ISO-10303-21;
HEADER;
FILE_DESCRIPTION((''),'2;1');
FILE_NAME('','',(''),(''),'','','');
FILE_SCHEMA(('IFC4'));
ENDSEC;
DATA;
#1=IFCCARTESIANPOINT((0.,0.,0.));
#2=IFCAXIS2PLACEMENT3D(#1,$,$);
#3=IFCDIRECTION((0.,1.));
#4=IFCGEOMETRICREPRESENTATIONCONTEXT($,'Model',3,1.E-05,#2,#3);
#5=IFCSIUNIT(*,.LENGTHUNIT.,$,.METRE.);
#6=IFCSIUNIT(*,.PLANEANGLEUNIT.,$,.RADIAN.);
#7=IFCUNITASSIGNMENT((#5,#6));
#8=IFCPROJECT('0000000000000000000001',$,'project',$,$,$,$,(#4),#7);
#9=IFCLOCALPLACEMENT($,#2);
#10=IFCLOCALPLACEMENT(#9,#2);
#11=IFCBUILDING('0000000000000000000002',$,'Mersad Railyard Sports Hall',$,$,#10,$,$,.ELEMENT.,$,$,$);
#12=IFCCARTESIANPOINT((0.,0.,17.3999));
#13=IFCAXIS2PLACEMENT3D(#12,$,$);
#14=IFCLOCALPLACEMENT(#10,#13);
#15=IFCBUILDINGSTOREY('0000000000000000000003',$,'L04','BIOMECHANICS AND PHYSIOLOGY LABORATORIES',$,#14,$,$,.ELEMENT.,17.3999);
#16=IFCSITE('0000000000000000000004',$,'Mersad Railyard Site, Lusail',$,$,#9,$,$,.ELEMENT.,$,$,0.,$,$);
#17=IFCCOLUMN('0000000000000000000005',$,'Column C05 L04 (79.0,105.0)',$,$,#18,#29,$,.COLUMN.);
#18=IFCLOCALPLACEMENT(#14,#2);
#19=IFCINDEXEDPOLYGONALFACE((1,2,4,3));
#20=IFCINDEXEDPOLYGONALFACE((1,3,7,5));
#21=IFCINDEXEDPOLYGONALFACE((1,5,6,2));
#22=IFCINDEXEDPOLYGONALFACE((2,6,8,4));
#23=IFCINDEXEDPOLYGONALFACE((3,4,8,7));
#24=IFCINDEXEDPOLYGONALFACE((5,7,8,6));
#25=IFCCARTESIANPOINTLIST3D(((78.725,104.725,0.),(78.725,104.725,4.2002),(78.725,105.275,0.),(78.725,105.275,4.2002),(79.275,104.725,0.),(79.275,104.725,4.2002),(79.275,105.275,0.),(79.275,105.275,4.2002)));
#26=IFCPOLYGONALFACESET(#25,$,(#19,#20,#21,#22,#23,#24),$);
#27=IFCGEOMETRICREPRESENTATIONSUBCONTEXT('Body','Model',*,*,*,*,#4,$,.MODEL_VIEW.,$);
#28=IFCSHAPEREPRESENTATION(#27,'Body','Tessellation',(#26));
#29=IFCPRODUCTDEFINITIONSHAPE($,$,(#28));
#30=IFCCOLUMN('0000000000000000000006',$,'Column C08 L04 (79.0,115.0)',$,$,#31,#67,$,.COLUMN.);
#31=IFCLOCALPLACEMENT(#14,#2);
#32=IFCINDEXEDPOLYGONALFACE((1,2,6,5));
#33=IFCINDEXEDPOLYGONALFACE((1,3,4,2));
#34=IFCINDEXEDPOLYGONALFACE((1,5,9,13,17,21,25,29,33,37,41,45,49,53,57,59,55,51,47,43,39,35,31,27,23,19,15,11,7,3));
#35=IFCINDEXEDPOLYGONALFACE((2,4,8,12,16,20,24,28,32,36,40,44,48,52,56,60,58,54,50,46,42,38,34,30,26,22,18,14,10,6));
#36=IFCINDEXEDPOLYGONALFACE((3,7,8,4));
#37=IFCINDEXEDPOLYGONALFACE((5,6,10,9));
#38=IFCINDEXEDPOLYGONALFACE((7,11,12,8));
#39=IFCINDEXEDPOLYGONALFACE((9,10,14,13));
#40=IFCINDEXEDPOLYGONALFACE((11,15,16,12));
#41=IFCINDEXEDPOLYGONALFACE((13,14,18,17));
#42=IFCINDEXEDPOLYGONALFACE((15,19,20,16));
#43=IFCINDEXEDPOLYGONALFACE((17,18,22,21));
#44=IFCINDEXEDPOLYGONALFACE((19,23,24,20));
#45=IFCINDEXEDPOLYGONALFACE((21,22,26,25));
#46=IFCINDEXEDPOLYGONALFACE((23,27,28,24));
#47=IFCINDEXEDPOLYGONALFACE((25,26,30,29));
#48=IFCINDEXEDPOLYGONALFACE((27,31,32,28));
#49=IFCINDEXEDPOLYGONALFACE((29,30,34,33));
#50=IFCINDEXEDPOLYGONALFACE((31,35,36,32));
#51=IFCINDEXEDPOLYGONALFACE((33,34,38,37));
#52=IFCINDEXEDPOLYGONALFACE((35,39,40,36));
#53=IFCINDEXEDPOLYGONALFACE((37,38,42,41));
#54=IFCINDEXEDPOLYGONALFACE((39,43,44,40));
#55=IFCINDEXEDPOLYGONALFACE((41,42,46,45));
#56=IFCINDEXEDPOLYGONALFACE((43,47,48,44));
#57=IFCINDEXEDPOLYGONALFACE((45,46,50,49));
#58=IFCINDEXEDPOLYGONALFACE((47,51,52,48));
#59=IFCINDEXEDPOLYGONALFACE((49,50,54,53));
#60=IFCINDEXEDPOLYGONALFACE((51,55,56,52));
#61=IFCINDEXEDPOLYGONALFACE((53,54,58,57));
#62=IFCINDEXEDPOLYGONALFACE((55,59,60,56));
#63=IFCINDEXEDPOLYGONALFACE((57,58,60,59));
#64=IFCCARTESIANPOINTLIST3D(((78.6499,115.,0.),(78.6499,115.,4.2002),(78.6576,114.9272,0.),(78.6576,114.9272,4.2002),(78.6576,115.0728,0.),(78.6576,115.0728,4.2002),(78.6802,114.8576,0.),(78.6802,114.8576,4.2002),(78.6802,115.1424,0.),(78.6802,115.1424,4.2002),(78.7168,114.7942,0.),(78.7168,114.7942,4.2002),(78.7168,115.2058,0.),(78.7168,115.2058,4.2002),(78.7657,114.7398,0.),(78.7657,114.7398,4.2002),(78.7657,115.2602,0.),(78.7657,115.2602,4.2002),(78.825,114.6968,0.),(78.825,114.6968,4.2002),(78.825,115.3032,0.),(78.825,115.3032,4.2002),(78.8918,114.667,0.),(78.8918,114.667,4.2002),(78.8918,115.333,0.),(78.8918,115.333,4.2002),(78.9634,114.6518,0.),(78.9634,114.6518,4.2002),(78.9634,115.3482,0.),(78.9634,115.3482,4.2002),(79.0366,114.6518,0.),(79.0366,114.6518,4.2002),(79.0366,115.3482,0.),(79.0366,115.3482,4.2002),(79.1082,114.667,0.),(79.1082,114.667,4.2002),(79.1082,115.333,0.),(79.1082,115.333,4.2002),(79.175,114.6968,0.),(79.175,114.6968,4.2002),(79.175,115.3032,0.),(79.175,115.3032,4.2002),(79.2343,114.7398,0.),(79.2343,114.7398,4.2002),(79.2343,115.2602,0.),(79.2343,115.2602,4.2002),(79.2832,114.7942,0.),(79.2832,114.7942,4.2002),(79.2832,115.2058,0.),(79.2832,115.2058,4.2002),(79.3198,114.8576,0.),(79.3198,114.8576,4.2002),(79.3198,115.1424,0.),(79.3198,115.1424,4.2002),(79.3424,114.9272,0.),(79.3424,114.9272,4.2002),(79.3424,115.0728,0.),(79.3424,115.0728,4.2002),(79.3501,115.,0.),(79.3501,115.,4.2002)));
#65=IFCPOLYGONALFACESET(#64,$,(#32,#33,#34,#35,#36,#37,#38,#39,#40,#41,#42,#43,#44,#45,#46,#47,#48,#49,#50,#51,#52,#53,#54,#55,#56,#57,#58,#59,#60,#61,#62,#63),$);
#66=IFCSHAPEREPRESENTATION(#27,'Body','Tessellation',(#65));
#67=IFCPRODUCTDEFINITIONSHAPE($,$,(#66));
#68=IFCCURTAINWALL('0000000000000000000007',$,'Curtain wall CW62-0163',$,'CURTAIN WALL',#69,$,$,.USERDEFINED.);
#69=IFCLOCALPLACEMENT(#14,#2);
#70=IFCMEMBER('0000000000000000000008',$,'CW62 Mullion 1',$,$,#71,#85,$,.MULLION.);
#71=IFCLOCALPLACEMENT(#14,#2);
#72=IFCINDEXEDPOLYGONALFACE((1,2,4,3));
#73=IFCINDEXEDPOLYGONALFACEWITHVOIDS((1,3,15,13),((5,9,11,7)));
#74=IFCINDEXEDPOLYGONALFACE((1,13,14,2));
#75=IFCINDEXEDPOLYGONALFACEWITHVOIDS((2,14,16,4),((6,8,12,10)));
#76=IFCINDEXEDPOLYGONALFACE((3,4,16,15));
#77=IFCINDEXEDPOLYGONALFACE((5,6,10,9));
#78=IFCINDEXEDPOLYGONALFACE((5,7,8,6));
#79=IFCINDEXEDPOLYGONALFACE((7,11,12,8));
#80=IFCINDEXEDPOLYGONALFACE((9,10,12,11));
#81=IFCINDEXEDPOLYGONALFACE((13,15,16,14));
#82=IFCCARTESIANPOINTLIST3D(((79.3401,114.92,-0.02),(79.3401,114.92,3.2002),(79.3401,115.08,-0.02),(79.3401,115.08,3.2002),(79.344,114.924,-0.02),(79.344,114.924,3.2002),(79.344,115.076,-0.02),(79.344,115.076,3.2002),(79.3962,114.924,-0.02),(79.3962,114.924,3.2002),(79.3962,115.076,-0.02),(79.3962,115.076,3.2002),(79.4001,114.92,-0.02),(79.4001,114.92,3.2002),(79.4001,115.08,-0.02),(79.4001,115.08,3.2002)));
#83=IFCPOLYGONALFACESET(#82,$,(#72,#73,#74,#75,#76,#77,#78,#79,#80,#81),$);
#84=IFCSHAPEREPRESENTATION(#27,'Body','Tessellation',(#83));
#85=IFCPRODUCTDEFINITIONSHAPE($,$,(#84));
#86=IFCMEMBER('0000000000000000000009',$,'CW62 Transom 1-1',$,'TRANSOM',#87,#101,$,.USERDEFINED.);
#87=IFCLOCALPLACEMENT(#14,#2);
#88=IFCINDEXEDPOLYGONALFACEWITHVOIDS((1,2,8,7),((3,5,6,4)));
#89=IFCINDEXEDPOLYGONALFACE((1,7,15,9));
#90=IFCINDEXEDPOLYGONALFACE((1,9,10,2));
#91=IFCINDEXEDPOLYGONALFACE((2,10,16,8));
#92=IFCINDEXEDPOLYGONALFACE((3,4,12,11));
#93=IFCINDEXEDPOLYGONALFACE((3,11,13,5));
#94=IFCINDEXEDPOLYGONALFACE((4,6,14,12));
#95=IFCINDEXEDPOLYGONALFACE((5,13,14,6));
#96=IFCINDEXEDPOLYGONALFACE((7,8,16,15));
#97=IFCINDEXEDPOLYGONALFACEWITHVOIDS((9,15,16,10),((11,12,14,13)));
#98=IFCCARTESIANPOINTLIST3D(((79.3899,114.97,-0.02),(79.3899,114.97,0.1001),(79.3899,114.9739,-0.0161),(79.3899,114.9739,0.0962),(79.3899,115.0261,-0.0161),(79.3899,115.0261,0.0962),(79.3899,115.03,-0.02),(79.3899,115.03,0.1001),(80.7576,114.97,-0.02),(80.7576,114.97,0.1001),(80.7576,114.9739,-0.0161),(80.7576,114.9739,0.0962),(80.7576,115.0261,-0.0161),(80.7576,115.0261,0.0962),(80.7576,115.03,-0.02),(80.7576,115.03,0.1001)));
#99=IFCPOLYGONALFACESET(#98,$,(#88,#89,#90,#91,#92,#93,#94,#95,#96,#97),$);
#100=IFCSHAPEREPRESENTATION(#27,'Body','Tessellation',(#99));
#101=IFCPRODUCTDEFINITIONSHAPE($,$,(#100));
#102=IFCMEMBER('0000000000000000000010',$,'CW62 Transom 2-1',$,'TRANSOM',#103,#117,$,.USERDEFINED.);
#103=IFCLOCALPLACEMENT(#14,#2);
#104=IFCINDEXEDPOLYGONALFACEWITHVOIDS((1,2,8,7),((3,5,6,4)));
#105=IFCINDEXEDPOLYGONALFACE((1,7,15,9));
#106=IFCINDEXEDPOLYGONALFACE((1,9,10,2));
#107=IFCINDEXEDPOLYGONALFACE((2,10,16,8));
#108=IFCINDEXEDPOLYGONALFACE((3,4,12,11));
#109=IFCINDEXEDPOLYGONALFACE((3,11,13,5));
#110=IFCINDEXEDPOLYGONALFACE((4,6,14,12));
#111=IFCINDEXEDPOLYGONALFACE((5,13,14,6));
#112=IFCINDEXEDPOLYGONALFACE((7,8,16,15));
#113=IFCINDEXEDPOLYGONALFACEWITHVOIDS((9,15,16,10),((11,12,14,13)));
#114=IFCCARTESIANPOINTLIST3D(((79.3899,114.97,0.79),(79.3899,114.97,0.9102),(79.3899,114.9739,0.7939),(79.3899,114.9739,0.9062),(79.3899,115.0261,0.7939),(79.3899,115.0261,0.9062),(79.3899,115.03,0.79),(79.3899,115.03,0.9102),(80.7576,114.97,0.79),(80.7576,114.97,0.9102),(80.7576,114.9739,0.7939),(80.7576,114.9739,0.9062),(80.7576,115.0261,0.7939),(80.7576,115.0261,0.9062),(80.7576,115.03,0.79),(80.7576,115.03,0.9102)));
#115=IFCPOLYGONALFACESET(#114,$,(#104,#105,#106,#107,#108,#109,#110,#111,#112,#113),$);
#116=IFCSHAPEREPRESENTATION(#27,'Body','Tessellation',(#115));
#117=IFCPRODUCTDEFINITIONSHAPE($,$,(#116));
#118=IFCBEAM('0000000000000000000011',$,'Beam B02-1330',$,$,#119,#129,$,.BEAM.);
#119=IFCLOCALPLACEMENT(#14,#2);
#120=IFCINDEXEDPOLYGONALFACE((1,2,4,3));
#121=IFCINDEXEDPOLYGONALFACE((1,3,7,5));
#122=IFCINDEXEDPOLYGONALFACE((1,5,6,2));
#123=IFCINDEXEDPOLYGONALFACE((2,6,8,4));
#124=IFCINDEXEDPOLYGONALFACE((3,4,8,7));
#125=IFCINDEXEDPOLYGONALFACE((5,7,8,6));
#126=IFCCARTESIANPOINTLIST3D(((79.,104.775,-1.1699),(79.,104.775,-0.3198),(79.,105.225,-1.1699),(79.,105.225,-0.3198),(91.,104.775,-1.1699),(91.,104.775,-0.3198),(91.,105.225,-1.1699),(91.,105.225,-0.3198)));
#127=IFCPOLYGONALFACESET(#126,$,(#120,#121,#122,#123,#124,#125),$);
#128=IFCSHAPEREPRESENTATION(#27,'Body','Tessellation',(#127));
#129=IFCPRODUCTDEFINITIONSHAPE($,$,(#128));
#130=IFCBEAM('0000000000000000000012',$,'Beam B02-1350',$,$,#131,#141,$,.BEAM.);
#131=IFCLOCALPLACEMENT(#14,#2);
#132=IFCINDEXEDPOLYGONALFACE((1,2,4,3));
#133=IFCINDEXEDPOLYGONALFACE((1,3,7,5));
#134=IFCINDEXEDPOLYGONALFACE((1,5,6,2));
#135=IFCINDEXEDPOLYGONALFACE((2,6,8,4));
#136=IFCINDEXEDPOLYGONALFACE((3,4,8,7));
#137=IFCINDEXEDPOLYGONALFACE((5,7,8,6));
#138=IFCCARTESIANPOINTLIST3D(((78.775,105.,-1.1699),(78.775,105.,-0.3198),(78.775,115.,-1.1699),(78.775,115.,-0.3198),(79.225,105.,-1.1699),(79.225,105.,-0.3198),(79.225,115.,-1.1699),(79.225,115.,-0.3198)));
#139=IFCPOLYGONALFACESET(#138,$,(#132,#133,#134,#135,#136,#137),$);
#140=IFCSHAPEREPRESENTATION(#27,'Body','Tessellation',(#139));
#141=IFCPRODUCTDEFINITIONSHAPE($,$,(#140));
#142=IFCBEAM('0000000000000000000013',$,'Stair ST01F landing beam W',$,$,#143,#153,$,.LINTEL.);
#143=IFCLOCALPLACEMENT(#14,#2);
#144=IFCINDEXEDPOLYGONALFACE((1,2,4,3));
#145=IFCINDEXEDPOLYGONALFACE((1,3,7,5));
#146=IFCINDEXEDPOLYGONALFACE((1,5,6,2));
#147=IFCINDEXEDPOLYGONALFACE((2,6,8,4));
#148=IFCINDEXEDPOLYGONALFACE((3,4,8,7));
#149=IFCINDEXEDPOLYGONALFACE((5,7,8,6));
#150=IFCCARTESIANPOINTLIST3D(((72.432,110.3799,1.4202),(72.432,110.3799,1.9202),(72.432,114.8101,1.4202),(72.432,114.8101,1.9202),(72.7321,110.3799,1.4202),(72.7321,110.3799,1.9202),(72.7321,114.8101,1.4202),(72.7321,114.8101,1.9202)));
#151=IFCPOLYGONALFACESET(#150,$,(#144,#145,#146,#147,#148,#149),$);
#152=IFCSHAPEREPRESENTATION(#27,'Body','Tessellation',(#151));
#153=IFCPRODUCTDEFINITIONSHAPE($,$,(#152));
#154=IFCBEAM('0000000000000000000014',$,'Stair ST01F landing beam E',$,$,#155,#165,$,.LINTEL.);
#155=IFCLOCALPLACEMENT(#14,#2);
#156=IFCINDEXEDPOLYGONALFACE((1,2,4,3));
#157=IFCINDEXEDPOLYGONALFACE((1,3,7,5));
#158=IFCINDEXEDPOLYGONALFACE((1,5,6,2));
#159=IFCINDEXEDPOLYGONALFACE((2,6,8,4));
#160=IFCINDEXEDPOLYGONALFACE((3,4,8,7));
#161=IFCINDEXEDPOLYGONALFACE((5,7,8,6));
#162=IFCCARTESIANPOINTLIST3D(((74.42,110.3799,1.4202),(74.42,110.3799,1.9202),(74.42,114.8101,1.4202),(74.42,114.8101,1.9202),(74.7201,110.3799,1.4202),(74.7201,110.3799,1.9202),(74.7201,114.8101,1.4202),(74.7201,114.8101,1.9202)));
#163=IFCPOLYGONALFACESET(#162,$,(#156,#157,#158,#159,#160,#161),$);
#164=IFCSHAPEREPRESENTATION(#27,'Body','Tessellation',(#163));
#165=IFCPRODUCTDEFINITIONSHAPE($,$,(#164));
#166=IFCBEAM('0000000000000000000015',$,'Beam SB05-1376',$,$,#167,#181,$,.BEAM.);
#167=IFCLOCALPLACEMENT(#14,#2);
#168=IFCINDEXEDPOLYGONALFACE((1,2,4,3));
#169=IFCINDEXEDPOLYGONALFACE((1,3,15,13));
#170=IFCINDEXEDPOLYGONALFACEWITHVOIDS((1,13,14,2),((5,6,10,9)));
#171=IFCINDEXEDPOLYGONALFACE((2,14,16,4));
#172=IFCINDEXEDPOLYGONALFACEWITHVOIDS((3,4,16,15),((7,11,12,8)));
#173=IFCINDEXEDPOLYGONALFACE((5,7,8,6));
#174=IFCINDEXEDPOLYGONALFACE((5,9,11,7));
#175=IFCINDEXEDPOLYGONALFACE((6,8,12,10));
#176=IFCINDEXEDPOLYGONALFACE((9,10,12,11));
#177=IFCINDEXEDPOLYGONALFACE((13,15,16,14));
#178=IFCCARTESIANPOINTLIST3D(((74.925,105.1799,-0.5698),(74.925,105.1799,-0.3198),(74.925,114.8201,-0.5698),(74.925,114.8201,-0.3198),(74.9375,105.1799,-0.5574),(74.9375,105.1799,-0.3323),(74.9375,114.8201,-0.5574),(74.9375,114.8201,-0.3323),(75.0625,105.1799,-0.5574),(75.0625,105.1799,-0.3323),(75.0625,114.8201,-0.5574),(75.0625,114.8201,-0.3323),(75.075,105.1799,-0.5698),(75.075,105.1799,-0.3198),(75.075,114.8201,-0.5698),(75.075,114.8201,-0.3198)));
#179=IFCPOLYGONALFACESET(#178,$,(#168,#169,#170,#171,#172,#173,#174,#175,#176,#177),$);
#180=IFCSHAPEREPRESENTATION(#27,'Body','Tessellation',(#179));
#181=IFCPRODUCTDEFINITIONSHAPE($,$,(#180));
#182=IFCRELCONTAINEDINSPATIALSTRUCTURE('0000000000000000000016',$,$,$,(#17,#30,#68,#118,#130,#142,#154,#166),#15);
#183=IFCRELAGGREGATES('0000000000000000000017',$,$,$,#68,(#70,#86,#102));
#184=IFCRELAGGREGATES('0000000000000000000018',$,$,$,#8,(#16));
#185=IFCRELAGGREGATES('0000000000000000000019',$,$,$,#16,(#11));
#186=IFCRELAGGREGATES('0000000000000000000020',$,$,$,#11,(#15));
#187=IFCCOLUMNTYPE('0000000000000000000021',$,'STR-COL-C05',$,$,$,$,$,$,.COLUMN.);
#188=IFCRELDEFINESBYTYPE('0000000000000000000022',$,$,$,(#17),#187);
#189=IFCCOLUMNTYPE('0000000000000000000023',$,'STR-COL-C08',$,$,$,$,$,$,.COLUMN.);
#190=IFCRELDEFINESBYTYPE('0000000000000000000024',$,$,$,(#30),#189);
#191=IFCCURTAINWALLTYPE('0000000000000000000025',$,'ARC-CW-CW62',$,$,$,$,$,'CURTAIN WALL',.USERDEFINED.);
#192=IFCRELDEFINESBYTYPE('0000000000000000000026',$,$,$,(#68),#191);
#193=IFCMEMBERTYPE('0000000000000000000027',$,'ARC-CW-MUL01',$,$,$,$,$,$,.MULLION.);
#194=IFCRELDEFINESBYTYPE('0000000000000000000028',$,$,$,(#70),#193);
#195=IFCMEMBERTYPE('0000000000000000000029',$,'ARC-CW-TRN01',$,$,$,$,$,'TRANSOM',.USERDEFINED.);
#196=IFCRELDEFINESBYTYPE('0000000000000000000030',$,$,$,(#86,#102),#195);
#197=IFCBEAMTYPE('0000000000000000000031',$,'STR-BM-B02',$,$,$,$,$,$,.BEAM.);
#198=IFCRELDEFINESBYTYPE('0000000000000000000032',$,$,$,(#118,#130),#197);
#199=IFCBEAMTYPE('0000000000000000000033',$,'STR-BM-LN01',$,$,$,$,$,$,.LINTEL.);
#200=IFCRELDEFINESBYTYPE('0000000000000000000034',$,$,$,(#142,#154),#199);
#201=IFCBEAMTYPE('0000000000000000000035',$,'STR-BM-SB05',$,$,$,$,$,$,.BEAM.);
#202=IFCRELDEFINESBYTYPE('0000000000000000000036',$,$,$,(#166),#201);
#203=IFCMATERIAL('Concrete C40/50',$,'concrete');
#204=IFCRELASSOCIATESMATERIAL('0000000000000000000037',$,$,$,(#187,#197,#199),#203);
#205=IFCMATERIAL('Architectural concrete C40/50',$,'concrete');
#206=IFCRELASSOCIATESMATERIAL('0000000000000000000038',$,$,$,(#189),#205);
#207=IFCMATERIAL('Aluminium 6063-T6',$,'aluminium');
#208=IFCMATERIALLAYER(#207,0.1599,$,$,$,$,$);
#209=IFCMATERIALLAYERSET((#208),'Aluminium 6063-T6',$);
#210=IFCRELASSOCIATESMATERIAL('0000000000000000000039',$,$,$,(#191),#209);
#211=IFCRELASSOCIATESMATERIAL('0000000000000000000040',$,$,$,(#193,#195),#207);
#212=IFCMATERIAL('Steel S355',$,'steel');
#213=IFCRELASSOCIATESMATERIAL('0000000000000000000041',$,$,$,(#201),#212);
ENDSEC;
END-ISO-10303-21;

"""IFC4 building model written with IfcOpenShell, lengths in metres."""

from ifc_helpers import new_model, si_unit, direction, frame, origin, origin_2d, place, context, subcontext, project, spatial, rectangle, hollow_rectangle, circle, extrude, material, layer, layer_set, material_profile, profile_set, type_object, element, aggregate, save


model = new_model("IFC4")

# Units and contexts
model_context = context("Model", 3, precision=1e-05, world=origin(), true_north=direction((0.0, 1.0)))
body_context = subcontext(model_context, "Body", "Model", "MODEL_VIEW")
ifc_project = project(units=[si_unit("LENGTHUNIT", "METRE"), si_unit("PLANEANGLEUNIT", "RADIAN")], contexts=[model_context])

# Site, building, storey
site_placement = place(None, origin())
site = spatial("IfcSite", under=ifc_project, at=site_placement, Name="Mersad Railyard Site, Lusail", CompositionType="ELEMENT", RefElevation=0.0)
building_placement = place(site_placement, origin())
building = spatial("IfcBuilding", under=site, at=building_placement, Name="Mersad Railyard Sports Hall", CompositionType="ELEMENT")
storey_placement = place(building_placement, frame((0.0, 0.0, 17.3999)))
storey = spatial("IfcBuildingStorey", under=building, at=storey_placement, Name="L04", Description="BIOMECHANICS AND PHYSIOLOGY LABORATORIES", CompositionType="ELEMENT", Elevation=17.3999)

# Columns
ifc_material_1 = material(Name="Concrete C40/50", Category="concrete")
ifc_material_profile_1 = material_profile(ifc_material_1, rectangle(XDim=0.55, YDim=0.55, at=origin_2d()), Name="RC 550x550")
ifc_profile_set_1 = profile_set([ifc_material_profile_1], Name="Concrete C40/50")
column_type_1 = type_object("IfcColumnType", Name="STR-COL-C05", PredefinedType="COLUMN", material=ifc_profile_set_1)
column_1_placement = place(storey_placement, frame((79.0, 105.0, 0.0), z_axis=(0.0, 0.0, 1.0), x_axis=(1.0, 0.0, 0.0)))
element("IfcColumn", 1, at=column_1_placement, inside=storey, type_object=column_type_1, Name="Column C05 L04 (79.0,105.0)", PredefinedType="COLUMN", context=body_context, shape_type="SweptSolid", body=[
    extrude(rectangle(XDim=0.55, YDim=0.55, at=origin_2d()), origin(), (0.0, 0.0, 1.0), 4.2002),
])
ifc_material_2 = material(Name="Architectural concrete C40/50", Category="concrete")
ifc_material_profile_2 = material_profile(ifc_material_2, circle(Radius=0.3501, at=origin_2d()), Name="RC D700")
ifc_profile_set_2 = profile_set([ifc_material_profile_2], Name="Architectural concrete C40/50")
column_type_2 = type_object("IfcColumnType", Name="STR-COL-C08", PredefinedType="COLUMN", material=ifc_profile_set_2)
column_2_placement = place(storey_placement, frame((79.0, 115.0, 0.0), z_axis=(0.0, 0.0, 1.0), x_axis=(1.0, 0.0, 0.0)))
element("IfcColumn", 2, at=column_2_placement, inside=storey, type_object=column_type_2, Name="Column C08 L04 (79.0,115.0)", PredefinedType="COLUMN", context=body_context, shape_type="SweptSolid", body=[
    extrude(circle(Radius=0.3501, at=origin_2d()), origin(), (0.0, 0.0, 1.0), 4.2002),
])

# Curtain wall, members
ifc_material_3 = material(Name="Aluminium 6063-T6", Category="aluminium")
ifc_layer_1 = layer(ifc_material_3, 0.1599)
ifc_layer_set_1 = layer_set([ifc_layer_1], Name="Aluminium 6063-T6")
curtain_wall_type = type_object("IfcCurtainWallType", Name="ARC-CW-CW62", ElementType="CURTAIN WALL", PredefinedType="USERDEFINED", material=ifc_layer_set_1)
curtain_wall_placement = place(storey_placement, origin())
curtain_wall = element("IfcCurtainWall", 3, at=curtain_wall_placement, inside=storey, type_object=curtain_wall_type, Name="Curtain wall CW62-0163", ObjectType="CURTAIN WALL", PredefinedType="USERDEFINED")
ifc_material_profile_3 = material_profile(ifc_material_3, hollow_rectangle(XDim=0.0601, YDim=0.1599, WallThickness=0.0039, at=origin_2d()), Name="AL MULLION 60x160x4")
ifc_profile_set_3 = profile_set([ifc_material_profile_3], Name="Aluminium 6063-T6")
member_type_1 = type_object("IfcMemberType", Name="ARC-CW-MUL01", PredefinedType="MULLION", material=ifc_profile_set_3)
member_1_placement = place(storey_placement, frame((79.3701, 115.0, -0.02), z_axis=(0.0, 0.0, 1.0), x_axis=(1.0, 0.0, 0.0)))
member_1 = element("IfcMember", 4, at=member_1_placement, type_object=member_type_1, Name="CW62 Mullion 1", PredefinedType="MULLION", context=body_context, shape_type="SweptSolid", body=[
    extrude(hollow_rectangle(XDim=0.0601, YDim=0.1599, WallThickness=0.0039, at=origin_2d()), origin(), (0.0, 0.0, 1.0), 3.2202),
])
ifc_material_profile_4 = material_profile(ifc_material_3, hollow_rectangle(XDim=0.0601, YDim=0.1201, WallThickness=0.0039, at=origin_2d()), Name="AL TRANSOM 60x120x4")
ifc_profile_set_4 = profile_set([ifc_material_profile_4], Name="Aluminium 6063-T6")
member_type_2 = type_object("IfcMemberType", Name="ARC-CW-TRN01", ElementType="TRANSOM", PredefinedType="USERDEFINED", material=ifc_profile_set_4)
member_2_placement = place(storey_placement, frame((79.3899, 115.0, 0.04), z_axis=(1.0, 0.0, 0.0), x_axis=(0.0, 1.0, 0.0)))
member_2 = element("IfcMember", 5, at=member_2_placement, type_object=member_type_2, Name="CW62 Transom 1-1", ObjectType="TRANSOM", PredefinedType="USERDEFINED", context=body_context, shape_type="SweptSolid", body=[
    extrude(hollow_rectangle(XDim=0.0601, YDim=0.1201, WallThickness=0.0039, at=origin_2d()), origin(), (0.0, 0.0, 1.0), 1.3677),
])
member_3_placement = place(storey_placement, frame((79.3899, 115.0, 0.8501), z_axis=(1.0, 0.0, 0.0), x_axis=(0.0, 1.0, 0.0)))
member_3 = element("IfcMember", 6, at=member_3_placement, type_object=member_type_2, Name="CW62 Transom 2-1", ObjectType="TRANSOM", PredefinedType="USERDEFINED", context=body_context, shape_type="SweptSolid", body=[
    extrude(hollow_rectangle(XDim=0.0601, YDim=0.1201, WallThickness=0.0039, at=origin_2d()), origin(), (0.0, 0.0, 1.0), 1.3677),
])
aggregate(curtain_wall, [member_1, member_2, member_3])

# Beams
ifc_material_profile_5 = material_profile(ifc_material_1, rectangle(XDim=0.45, YDim=0.8501, at=origin_2d()), Name="RC 450x850")
ifc_profile_set_5 = profile_set([ifc_material_profile_5], Name="Concrete C40/50")
beam_type_1 = type_object("IfcBeamType", Name="STR-BM-B02", PredefinedType="BEAM", material=ifc_profile_set_5)
beam_1_placement = place(storey_placement, frame((79.0, 105.0, -0.7449), z_axis=(1.0, 0.0, 0.0), x_axis=(0.0, 1.0, 0.0)))
element("IfcBeam", 7, at=beam_1_placement, inside=storey, type_object=beam_type_1, Name="Beam B02-1330", PredefinedType="BEAM", context=body_context, shape_type="SweptSolid", body=[
    extrude(rectangle(XDim=0.45, YDim=0.8501, at=origin_2d()), origin(), (0.0, 0.0, 1.0), 12.0),
])
beam_2_placement = place(storey_placement, frame((79.0, 105.0, -0.7449), z_axis=(0.0, 1.0, 0.0), x_axis=(-1.0, 0.0, 0.0)))
element("IfcBeam", 8, at=beam_2_placement, inside=storey, type_object=beam_type_1, Name="Beam B02-1350", PredefinedType="BEAM", context=body_context, shape_type="SweptSolid", body=[
    extrude(rectangle(XDim=0.45, YDim=0.8501, at=origin_2d()), origin(), (0.0, 0.0, 1.0), 10.0),
])
ifc_material_profile_6 = material_profile(ifc_material_1, rectangle(XDim=0.3, YDim=0.5, at=origin_2d()), Name="RC 300x500")
ifc_profile_set_6 = profile_set([ifc_material_profile_6], Name="Concrete C40/50")
beam_type_2 = type_object("IfcBeamType", Name="STR-BM-LN01", PredefinedType="LINTEL", material=ifc_profile_set_6)
for number, where, z_axis, x_axis, name in (
    (9, (72.582, 110.3799, 1.6702), (0.0, 1.0, 0.0), (-1.0, 0.0, 0.0), "Stair ST01F landing beam W"),
    (10, (74.5701, 110.3799, 1.6702), (0.0, 1.0, 0.0), (-1.0, 0.0, 0.0), "Stair ST01F landing beam E"),
):
    element("IfcBeam", number, at=place(storey_placement, frame(where, z_axis=z_axis, x_axis=x_axis)), inside=storey, type_object=beam_type_2, Name=name, PredefinedType="LINTEL", context=body_context, shape_type="SweptSolid", body=[
        extrude(rectangle(XDim=0.3, YDim=0.5, at=origin_2d()), origin(), (0.0, 0.0, 1.0), 4.4302),
    ])
ifc_material_4 = material(Name="Steel S355", Category="steel")
ifc_material_profile_7 = material_profile(ifc_material_4, hollow_rectangle(XDim=0.1499, YDim=0.25, WallThickness=0.0125, at=origin_2d()), Name="RHS 250x150x12.5")
ifc_profile_set_7 = profile_set([ifc_material_profile_7], Name="Steel S355")
beam_type_3 = type_object("IfcBeamType", Name="STR-BM-SB05", PredefinedType="BEAM", material=ifc_profile_set_7)
for number, where, z_axis, x_axis, name in (
    (11, (75.0, 105.1799, -0.4448), (0.0, 1.0, 0.0), (-1.0, 0.0, 0.0), "Beam SB05-1376"),
):
    element("IfcBeam", number, at=place(storey_placement, frame(where, z_axis=z_axis, x_axis=x_axis)), inside=storey, type_object=beam_type_3, Name=name, PredefinedType="BEAM", context=body_context, shape_type="SweptSolid", body=[
        extrude(hollow_rectangle(XDim=0.1499, YDim=0.25, WallThickness=0.0125, at=origin_2d()), origin(), (0.0, 0.0, 1.0), 9.6401),
    ])

save(model, "model.ifc")
